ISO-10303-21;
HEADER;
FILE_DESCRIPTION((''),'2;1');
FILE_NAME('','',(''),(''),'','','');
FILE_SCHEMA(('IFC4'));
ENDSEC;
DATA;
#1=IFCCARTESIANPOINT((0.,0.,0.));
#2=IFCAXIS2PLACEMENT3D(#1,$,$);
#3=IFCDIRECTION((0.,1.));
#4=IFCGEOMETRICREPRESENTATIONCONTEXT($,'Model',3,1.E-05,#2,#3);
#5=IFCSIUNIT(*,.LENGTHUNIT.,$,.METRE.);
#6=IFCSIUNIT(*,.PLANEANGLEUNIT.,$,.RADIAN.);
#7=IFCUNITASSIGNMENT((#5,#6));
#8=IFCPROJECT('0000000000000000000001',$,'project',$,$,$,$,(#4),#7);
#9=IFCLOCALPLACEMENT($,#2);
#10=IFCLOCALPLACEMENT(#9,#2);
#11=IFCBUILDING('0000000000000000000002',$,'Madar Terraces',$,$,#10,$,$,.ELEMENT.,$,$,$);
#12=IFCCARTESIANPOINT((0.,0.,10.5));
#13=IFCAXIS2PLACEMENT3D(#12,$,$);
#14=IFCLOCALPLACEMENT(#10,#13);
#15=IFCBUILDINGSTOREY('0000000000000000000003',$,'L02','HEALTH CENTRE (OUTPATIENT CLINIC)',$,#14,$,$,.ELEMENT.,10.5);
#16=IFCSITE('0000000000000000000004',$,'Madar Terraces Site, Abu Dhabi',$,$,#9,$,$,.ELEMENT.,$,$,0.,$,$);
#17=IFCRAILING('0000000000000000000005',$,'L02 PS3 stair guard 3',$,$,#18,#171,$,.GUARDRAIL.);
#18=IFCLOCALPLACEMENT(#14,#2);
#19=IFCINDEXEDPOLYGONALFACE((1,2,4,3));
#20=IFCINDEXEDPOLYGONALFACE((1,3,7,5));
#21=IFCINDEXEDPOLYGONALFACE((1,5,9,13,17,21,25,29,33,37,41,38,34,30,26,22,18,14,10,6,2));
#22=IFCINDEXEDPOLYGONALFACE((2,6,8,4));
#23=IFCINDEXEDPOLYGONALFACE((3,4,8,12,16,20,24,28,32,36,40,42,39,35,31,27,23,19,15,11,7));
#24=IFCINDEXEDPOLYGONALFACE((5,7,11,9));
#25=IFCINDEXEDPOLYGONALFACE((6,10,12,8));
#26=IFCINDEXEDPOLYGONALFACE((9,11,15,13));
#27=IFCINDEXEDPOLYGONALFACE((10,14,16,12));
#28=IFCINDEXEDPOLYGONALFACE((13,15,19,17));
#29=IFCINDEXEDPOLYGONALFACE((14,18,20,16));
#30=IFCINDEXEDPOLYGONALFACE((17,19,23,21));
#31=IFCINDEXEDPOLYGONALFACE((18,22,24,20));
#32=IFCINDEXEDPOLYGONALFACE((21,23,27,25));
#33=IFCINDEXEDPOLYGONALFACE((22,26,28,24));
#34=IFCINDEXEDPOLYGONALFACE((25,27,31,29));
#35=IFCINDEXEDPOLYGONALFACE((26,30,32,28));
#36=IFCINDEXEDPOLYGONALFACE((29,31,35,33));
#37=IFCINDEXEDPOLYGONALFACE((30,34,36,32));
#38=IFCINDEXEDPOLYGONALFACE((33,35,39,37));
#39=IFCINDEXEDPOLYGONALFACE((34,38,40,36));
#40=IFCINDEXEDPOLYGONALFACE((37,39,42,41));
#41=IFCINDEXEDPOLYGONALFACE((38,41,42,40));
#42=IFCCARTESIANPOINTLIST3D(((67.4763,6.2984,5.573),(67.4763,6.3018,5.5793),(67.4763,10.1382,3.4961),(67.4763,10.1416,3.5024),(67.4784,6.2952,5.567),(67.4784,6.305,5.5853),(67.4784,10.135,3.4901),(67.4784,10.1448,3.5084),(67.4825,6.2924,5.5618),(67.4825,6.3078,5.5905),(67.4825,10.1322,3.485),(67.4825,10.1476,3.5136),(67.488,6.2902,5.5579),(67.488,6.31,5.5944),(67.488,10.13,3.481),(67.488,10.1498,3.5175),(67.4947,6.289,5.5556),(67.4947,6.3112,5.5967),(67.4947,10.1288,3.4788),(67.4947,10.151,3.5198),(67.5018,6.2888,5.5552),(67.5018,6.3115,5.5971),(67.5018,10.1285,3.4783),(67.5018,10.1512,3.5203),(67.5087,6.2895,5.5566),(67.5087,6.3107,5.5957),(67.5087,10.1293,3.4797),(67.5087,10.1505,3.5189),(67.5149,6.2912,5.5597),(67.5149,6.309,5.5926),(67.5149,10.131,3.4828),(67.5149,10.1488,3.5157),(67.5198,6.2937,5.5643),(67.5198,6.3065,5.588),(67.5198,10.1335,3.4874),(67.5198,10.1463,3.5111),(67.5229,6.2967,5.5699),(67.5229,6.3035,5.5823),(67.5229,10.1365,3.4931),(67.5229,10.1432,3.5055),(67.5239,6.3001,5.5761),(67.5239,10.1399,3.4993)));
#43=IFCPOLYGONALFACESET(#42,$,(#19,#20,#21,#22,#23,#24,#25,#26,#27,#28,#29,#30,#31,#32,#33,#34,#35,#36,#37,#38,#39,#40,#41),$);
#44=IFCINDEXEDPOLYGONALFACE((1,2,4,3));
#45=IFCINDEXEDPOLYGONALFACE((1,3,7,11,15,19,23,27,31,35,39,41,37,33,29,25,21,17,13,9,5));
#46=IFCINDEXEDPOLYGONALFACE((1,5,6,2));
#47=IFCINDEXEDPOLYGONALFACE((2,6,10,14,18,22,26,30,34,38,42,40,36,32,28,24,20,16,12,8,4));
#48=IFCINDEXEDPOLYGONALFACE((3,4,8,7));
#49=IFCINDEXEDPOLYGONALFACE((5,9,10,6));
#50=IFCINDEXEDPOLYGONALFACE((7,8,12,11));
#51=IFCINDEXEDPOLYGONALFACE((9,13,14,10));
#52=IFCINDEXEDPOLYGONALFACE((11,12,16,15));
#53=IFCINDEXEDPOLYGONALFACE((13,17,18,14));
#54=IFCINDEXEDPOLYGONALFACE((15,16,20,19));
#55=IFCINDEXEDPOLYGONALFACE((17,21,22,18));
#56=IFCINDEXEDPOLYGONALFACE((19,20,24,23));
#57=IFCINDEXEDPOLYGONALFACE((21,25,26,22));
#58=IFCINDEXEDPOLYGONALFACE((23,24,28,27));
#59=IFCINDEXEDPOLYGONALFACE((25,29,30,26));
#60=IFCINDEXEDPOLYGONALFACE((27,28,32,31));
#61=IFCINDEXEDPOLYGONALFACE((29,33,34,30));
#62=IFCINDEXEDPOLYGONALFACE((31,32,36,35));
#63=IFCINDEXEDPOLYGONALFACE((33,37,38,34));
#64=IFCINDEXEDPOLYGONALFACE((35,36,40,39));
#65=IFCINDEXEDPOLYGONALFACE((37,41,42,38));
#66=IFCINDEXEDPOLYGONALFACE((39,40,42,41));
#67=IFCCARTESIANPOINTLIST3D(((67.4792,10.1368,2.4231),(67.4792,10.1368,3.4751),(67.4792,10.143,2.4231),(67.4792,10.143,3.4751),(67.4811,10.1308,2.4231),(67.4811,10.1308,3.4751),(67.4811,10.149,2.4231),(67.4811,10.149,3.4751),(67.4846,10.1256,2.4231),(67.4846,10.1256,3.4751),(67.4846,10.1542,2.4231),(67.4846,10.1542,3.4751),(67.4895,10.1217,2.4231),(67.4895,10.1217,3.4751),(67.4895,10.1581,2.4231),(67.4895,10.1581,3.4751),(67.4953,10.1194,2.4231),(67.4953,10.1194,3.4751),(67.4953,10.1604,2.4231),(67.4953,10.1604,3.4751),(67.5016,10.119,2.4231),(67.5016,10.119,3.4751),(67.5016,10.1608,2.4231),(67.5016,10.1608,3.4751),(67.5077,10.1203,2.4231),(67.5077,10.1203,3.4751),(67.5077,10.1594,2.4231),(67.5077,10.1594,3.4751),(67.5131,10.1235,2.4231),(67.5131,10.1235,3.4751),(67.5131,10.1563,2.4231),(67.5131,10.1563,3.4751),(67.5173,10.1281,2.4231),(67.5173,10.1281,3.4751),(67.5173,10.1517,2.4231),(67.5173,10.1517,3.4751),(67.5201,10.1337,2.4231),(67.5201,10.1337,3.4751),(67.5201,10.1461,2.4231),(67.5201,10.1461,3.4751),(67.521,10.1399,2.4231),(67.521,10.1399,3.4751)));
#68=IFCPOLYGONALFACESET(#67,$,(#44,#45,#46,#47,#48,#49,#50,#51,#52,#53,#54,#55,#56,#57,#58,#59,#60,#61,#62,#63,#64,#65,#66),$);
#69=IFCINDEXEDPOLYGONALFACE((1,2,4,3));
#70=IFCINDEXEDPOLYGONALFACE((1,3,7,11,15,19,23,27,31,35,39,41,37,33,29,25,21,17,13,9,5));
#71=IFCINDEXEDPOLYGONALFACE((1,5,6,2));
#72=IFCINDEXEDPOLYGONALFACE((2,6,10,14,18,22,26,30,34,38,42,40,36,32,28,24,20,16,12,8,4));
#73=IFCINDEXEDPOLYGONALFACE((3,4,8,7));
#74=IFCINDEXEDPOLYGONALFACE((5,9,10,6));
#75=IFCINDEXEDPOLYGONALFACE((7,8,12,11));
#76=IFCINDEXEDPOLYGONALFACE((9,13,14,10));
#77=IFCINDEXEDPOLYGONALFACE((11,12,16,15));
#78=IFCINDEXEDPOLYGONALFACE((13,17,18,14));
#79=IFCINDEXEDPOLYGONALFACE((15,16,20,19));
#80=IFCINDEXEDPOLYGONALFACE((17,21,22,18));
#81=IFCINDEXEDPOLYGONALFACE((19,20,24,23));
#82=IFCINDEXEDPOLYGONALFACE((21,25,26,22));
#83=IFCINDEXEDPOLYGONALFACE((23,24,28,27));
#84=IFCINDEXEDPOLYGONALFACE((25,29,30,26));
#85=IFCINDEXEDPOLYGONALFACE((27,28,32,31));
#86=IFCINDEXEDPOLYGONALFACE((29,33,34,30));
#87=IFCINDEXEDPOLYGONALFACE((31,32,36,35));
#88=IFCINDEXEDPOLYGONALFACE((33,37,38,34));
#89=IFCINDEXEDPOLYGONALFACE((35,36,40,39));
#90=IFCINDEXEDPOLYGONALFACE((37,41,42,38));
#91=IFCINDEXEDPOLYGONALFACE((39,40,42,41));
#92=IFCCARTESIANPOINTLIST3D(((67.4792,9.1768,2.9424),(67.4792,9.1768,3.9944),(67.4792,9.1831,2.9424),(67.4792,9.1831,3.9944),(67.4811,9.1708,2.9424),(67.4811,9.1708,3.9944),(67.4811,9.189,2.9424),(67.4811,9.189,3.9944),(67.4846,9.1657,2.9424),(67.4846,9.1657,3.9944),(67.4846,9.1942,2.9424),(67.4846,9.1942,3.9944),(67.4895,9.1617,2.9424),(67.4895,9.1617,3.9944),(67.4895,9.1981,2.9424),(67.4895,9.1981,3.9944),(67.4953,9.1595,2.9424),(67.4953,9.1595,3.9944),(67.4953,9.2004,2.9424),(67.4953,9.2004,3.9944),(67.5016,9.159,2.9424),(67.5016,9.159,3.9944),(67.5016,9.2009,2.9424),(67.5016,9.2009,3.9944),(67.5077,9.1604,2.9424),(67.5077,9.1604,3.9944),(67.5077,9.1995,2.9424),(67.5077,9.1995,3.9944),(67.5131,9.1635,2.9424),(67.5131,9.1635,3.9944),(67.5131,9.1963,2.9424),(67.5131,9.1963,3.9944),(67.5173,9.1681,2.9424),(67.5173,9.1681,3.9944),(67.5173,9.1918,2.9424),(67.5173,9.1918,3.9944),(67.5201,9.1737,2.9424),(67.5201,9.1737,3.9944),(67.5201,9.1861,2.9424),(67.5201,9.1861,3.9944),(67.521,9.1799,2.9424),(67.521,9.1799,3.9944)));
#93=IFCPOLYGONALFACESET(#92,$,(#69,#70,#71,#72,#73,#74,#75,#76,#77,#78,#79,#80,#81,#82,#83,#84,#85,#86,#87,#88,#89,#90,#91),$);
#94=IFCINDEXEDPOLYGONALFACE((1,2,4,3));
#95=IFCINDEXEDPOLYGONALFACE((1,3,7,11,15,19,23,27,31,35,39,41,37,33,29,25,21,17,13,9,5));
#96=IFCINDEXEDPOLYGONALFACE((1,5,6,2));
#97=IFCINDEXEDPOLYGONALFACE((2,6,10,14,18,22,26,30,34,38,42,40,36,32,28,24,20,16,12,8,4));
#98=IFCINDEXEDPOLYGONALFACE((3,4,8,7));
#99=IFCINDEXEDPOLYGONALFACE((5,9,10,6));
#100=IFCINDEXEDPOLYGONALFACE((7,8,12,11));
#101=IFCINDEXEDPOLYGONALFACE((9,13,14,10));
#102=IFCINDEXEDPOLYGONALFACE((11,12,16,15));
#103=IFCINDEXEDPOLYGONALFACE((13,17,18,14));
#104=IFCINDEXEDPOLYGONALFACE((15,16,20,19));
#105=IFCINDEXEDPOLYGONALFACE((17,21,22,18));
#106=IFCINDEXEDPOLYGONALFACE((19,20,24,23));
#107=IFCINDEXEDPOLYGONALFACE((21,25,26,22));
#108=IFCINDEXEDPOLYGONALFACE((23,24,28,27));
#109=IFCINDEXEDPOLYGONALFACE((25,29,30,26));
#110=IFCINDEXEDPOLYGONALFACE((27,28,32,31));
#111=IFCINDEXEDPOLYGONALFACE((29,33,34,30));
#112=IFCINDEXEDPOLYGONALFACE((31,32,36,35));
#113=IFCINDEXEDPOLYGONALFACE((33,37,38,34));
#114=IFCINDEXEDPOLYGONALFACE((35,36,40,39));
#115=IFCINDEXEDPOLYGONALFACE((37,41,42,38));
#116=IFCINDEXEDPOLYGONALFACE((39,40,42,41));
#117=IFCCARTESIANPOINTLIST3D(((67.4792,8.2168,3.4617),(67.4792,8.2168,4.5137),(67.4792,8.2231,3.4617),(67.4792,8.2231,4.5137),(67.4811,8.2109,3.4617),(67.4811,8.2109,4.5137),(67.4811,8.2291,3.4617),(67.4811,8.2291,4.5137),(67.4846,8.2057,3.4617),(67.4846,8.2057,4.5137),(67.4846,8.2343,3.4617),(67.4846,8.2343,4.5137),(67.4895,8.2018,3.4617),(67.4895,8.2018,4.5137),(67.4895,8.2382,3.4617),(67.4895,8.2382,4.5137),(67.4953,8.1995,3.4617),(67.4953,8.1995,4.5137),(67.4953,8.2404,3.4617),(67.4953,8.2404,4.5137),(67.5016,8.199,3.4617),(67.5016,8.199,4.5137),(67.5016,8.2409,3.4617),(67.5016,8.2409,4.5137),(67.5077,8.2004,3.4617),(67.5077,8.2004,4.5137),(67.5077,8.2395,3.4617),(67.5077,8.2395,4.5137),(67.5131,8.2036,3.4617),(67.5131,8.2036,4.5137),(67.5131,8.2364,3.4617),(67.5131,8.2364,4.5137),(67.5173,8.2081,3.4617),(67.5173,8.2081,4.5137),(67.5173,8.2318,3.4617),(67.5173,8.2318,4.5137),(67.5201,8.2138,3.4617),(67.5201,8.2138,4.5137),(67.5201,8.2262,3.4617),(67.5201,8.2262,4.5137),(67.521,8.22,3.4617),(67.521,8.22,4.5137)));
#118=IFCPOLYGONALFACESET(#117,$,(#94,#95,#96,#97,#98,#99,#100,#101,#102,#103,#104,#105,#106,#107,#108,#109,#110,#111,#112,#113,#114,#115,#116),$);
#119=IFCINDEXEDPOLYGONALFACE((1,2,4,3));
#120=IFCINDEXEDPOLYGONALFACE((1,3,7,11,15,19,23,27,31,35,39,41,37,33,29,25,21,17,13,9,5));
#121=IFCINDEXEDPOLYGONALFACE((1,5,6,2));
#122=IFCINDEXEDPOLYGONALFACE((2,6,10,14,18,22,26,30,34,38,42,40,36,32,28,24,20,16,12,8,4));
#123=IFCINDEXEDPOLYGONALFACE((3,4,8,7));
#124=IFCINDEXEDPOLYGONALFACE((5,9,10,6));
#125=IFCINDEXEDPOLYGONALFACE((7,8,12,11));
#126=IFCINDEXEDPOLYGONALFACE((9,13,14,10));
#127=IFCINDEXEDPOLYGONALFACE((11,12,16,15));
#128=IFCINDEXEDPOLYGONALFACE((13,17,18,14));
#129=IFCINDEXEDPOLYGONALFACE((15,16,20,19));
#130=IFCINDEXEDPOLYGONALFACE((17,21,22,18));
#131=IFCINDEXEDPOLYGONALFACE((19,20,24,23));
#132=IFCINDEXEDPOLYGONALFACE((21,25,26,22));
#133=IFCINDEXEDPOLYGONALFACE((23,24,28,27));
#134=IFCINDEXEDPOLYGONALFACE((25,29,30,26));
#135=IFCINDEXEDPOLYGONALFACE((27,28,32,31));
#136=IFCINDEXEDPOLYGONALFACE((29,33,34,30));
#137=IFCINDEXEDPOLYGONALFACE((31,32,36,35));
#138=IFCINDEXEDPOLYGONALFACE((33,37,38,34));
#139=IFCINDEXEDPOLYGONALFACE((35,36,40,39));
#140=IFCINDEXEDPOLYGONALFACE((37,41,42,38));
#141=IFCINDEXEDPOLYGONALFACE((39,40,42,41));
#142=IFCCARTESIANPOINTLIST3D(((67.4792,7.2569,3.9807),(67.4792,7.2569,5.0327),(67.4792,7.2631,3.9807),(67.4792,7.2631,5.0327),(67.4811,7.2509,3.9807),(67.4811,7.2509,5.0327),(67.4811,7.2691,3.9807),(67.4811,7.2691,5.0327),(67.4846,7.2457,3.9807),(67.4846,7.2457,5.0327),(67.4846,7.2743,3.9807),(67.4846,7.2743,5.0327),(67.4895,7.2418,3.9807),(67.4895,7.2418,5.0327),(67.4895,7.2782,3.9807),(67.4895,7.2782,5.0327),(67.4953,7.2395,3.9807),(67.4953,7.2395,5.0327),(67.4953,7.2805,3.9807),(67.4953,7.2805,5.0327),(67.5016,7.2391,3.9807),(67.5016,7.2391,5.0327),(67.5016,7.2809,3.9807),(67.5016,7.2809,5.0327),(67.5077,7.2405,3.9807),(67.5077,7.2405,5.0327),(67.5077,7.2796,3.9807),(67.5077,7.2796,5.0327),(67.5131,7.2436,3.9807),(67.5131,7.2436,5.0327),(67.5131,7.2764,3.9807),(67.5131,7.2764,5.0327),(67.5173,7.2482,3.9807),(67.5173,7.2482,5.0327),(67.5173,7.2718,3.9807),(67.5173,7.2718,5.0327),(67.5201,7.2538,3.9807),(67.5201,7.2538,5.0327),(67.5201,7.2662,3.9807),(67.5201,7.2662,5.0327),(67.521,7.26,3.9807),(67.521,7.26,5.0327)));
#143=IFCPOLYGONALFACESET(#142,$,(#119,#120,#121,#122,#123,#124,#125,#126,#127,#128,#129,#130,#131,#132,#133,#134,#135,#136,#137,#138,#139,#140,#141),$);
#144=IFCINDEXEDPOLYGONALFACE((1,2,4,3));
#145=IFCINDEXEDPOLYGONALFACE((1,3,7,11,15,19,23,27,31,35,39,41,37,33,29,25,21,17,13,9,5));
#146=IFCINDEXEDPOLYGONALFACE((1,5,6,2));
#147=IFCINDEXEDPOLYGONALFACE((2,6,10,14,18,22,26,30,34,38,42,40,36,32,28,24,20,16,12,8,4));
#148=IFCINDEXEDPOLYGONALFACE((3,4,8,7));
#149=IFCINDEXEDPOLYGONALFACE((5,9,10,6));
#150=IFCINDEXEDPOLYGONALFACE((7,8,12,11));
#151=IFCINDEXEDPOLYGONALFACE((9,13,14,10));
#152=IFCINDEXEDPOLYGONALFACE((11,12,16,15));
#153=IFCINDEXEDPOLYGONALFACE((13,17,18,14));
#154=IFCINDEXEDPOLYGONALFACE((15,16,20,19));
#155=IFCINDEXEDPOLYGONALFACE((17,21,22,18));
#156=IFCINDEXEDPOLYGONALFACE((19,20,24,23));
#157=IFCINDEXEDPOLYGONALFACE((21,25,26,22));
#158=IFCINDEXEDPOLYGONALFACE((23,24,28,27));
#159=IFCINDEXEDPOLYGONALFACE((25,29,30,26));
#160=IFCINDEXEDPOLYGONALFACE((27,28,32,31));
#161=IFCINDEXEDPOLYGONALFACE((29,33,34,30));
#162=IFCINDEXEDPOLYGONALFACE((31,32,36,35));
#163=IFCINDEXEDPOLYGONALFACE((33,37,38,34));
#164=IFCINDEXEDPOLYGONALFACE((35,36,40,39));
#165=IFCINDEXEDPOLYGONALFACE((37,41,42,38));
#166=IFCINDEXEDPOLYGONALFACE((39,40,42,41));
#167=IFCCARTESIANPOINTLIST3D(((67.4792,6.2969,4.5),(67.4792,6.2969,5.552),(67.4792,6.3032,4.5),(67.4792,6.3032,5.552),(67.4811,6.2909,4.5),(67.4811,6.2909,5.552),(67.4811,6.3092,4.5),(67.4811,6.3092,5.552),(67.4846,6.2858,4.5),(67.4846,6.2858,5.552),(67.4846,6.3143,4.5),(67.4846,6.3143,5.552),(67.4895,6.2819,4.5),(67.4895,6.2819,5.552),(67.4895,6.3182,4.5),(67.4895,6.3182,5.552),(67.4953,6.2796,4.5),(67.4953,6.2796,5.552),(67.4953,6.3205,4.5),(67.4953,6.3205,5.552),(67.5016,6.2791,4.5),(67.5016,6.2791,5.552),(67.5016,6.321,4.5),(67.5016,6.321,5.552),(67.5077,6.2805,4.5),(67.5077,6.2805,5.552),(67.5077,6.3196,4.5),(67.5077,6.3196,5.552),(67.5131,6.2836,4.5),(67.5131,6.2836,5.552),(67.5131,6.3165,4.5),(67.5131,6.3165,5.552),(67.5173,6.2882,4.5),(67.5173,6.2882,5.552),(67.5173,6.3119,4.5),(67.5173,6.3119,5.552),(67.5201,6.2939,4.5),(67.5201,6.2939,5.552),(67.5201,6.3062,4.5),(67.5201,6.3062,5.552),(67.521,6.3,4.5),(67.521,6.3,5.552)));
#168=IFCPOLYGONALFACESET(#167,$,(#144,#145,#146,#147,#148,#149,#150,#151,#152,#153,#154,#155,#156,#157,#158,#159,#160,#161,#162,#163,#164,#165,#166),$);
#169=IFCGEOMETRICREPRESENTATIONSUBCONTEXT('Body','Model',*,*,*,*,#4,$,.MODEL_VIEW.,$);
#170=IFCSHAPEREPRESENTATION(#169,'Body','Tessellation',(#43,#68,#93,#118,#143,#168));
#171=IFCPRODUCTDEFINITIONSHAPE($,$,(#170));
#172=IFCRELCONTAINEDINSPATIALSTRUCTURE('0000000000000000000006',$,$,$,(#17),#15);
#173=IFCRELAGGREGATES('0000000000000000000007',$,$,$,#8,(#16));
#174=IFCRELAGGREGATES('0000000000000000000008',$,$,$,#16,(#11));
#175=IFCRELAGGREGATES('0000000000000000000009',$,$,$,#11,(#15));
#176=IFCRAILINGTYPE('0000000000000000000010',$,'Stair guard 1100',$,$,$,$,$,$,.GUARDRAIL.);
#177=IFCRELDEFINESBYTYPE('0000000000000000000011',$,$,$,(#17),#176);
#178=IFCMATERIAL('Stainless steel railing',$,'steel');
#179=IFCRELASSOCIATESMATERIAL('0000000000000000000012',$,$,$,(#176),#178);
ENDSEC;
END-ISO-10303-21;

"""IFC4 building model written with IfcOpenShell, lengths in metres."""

from ifc_helpers import new_model, si_unit, direction, frame, origin, origin_2d, place, context, subcontext, project, spatial, circle, extrude, material, type_object, element, save


model = new_model("IFC4")

# Units and contexts
model_context = context("Model", 3, precision=1e-05, world=origin(), true_north=direction((0.0, 1.0)))
body_context = subcontext(model_context, "Body", "Model", "MODEL_VIEW")
ifc_project = project(units=[si_unit("LENGTHUNIT", "METRE"), si_unit("PLANEANGLEUNIT", "RADIAN")], contexts=[model_context])

# Site, building, storey
site_placement = place(None, origin())
site = spatial("IfcSite", under=ifc_project, at=site_placement, Name="Madar Terraces Site, Abu Dhabi", CompositionType="ELEMENT", RefElevation=0.0)
building_placement = place(site_placement, origin())
building = spatial("IfcBuilding", under=site, at=building_placement, Name="Madar Terraces", CompositionType="ELEMENT")
storey_placement = place(building_placement, frame((0.0, 0.0, 10.5)))
storey = spatial("IfcBuildingStorey", under=building, at=storey_placement, Name="L02", Description="HEALTH CENTRE (OUTPATIENT CLINIC)", CompositionType="ELEMENT", Elevation=10.5)

# Railing
ifc_material_1 = material(Name="Stainless steel railing", Category="steel")
railing_type_1 = type_object("IfcRailingType", Name="Stair guard 1100", PredefinedType="GUARDRAIL", material=ifc_material_1)
railing_1_placement = place(storey_placement, frame((67.5, 10.1399, 2.4231)))
element("IfcRailing", 1, at=railing_1_placement, inside=storey, type_object=railing_type_1, Name="L02 PS3 stair guard 3", PredefinedType="GUARDRAIL", context=body_context, shape_type="SweptSolid", body=[
    extrude(circle(Radius=0.0239, at=origin_2d()), frame((0.0, 0.0, 1.0762), z_axis=(0.0, -0.879581, 0.47575), x_axis=(1.0, 0.0, 0.0)), (0.0, 0.0, 1.0), 4.3655),
    extrude(circle(Radius=0.021, at=origin_2d()), origin(), (0.0, 0.0, 1.0), 1.052),
    extrude(circle(Radius=0.021, at=origin_2d()), frame((0.0, -0.96, 0.5193)), (0.0, 0.0, 1.0), 1.052),
    extrude(circle(Radius=0.021, at=origin_2d()), frame((0.0, -1.9199, 1.0386)), (0.0, 0.0, 1.0), 1.052),
    extrude(circle(Radius=0.021, at=origin_2d()), frame((0.0, -2.8799, 1.5576)), (0.0, 0.0, 1.0), 1.052),
    extrude(circle(Radius=0.021, at=origin_2d()), frame((0.0, -3.8398, 2.0769)), (0.0, 0.0, 1.0), 1.052),
])

save(model, "model.ifc")
